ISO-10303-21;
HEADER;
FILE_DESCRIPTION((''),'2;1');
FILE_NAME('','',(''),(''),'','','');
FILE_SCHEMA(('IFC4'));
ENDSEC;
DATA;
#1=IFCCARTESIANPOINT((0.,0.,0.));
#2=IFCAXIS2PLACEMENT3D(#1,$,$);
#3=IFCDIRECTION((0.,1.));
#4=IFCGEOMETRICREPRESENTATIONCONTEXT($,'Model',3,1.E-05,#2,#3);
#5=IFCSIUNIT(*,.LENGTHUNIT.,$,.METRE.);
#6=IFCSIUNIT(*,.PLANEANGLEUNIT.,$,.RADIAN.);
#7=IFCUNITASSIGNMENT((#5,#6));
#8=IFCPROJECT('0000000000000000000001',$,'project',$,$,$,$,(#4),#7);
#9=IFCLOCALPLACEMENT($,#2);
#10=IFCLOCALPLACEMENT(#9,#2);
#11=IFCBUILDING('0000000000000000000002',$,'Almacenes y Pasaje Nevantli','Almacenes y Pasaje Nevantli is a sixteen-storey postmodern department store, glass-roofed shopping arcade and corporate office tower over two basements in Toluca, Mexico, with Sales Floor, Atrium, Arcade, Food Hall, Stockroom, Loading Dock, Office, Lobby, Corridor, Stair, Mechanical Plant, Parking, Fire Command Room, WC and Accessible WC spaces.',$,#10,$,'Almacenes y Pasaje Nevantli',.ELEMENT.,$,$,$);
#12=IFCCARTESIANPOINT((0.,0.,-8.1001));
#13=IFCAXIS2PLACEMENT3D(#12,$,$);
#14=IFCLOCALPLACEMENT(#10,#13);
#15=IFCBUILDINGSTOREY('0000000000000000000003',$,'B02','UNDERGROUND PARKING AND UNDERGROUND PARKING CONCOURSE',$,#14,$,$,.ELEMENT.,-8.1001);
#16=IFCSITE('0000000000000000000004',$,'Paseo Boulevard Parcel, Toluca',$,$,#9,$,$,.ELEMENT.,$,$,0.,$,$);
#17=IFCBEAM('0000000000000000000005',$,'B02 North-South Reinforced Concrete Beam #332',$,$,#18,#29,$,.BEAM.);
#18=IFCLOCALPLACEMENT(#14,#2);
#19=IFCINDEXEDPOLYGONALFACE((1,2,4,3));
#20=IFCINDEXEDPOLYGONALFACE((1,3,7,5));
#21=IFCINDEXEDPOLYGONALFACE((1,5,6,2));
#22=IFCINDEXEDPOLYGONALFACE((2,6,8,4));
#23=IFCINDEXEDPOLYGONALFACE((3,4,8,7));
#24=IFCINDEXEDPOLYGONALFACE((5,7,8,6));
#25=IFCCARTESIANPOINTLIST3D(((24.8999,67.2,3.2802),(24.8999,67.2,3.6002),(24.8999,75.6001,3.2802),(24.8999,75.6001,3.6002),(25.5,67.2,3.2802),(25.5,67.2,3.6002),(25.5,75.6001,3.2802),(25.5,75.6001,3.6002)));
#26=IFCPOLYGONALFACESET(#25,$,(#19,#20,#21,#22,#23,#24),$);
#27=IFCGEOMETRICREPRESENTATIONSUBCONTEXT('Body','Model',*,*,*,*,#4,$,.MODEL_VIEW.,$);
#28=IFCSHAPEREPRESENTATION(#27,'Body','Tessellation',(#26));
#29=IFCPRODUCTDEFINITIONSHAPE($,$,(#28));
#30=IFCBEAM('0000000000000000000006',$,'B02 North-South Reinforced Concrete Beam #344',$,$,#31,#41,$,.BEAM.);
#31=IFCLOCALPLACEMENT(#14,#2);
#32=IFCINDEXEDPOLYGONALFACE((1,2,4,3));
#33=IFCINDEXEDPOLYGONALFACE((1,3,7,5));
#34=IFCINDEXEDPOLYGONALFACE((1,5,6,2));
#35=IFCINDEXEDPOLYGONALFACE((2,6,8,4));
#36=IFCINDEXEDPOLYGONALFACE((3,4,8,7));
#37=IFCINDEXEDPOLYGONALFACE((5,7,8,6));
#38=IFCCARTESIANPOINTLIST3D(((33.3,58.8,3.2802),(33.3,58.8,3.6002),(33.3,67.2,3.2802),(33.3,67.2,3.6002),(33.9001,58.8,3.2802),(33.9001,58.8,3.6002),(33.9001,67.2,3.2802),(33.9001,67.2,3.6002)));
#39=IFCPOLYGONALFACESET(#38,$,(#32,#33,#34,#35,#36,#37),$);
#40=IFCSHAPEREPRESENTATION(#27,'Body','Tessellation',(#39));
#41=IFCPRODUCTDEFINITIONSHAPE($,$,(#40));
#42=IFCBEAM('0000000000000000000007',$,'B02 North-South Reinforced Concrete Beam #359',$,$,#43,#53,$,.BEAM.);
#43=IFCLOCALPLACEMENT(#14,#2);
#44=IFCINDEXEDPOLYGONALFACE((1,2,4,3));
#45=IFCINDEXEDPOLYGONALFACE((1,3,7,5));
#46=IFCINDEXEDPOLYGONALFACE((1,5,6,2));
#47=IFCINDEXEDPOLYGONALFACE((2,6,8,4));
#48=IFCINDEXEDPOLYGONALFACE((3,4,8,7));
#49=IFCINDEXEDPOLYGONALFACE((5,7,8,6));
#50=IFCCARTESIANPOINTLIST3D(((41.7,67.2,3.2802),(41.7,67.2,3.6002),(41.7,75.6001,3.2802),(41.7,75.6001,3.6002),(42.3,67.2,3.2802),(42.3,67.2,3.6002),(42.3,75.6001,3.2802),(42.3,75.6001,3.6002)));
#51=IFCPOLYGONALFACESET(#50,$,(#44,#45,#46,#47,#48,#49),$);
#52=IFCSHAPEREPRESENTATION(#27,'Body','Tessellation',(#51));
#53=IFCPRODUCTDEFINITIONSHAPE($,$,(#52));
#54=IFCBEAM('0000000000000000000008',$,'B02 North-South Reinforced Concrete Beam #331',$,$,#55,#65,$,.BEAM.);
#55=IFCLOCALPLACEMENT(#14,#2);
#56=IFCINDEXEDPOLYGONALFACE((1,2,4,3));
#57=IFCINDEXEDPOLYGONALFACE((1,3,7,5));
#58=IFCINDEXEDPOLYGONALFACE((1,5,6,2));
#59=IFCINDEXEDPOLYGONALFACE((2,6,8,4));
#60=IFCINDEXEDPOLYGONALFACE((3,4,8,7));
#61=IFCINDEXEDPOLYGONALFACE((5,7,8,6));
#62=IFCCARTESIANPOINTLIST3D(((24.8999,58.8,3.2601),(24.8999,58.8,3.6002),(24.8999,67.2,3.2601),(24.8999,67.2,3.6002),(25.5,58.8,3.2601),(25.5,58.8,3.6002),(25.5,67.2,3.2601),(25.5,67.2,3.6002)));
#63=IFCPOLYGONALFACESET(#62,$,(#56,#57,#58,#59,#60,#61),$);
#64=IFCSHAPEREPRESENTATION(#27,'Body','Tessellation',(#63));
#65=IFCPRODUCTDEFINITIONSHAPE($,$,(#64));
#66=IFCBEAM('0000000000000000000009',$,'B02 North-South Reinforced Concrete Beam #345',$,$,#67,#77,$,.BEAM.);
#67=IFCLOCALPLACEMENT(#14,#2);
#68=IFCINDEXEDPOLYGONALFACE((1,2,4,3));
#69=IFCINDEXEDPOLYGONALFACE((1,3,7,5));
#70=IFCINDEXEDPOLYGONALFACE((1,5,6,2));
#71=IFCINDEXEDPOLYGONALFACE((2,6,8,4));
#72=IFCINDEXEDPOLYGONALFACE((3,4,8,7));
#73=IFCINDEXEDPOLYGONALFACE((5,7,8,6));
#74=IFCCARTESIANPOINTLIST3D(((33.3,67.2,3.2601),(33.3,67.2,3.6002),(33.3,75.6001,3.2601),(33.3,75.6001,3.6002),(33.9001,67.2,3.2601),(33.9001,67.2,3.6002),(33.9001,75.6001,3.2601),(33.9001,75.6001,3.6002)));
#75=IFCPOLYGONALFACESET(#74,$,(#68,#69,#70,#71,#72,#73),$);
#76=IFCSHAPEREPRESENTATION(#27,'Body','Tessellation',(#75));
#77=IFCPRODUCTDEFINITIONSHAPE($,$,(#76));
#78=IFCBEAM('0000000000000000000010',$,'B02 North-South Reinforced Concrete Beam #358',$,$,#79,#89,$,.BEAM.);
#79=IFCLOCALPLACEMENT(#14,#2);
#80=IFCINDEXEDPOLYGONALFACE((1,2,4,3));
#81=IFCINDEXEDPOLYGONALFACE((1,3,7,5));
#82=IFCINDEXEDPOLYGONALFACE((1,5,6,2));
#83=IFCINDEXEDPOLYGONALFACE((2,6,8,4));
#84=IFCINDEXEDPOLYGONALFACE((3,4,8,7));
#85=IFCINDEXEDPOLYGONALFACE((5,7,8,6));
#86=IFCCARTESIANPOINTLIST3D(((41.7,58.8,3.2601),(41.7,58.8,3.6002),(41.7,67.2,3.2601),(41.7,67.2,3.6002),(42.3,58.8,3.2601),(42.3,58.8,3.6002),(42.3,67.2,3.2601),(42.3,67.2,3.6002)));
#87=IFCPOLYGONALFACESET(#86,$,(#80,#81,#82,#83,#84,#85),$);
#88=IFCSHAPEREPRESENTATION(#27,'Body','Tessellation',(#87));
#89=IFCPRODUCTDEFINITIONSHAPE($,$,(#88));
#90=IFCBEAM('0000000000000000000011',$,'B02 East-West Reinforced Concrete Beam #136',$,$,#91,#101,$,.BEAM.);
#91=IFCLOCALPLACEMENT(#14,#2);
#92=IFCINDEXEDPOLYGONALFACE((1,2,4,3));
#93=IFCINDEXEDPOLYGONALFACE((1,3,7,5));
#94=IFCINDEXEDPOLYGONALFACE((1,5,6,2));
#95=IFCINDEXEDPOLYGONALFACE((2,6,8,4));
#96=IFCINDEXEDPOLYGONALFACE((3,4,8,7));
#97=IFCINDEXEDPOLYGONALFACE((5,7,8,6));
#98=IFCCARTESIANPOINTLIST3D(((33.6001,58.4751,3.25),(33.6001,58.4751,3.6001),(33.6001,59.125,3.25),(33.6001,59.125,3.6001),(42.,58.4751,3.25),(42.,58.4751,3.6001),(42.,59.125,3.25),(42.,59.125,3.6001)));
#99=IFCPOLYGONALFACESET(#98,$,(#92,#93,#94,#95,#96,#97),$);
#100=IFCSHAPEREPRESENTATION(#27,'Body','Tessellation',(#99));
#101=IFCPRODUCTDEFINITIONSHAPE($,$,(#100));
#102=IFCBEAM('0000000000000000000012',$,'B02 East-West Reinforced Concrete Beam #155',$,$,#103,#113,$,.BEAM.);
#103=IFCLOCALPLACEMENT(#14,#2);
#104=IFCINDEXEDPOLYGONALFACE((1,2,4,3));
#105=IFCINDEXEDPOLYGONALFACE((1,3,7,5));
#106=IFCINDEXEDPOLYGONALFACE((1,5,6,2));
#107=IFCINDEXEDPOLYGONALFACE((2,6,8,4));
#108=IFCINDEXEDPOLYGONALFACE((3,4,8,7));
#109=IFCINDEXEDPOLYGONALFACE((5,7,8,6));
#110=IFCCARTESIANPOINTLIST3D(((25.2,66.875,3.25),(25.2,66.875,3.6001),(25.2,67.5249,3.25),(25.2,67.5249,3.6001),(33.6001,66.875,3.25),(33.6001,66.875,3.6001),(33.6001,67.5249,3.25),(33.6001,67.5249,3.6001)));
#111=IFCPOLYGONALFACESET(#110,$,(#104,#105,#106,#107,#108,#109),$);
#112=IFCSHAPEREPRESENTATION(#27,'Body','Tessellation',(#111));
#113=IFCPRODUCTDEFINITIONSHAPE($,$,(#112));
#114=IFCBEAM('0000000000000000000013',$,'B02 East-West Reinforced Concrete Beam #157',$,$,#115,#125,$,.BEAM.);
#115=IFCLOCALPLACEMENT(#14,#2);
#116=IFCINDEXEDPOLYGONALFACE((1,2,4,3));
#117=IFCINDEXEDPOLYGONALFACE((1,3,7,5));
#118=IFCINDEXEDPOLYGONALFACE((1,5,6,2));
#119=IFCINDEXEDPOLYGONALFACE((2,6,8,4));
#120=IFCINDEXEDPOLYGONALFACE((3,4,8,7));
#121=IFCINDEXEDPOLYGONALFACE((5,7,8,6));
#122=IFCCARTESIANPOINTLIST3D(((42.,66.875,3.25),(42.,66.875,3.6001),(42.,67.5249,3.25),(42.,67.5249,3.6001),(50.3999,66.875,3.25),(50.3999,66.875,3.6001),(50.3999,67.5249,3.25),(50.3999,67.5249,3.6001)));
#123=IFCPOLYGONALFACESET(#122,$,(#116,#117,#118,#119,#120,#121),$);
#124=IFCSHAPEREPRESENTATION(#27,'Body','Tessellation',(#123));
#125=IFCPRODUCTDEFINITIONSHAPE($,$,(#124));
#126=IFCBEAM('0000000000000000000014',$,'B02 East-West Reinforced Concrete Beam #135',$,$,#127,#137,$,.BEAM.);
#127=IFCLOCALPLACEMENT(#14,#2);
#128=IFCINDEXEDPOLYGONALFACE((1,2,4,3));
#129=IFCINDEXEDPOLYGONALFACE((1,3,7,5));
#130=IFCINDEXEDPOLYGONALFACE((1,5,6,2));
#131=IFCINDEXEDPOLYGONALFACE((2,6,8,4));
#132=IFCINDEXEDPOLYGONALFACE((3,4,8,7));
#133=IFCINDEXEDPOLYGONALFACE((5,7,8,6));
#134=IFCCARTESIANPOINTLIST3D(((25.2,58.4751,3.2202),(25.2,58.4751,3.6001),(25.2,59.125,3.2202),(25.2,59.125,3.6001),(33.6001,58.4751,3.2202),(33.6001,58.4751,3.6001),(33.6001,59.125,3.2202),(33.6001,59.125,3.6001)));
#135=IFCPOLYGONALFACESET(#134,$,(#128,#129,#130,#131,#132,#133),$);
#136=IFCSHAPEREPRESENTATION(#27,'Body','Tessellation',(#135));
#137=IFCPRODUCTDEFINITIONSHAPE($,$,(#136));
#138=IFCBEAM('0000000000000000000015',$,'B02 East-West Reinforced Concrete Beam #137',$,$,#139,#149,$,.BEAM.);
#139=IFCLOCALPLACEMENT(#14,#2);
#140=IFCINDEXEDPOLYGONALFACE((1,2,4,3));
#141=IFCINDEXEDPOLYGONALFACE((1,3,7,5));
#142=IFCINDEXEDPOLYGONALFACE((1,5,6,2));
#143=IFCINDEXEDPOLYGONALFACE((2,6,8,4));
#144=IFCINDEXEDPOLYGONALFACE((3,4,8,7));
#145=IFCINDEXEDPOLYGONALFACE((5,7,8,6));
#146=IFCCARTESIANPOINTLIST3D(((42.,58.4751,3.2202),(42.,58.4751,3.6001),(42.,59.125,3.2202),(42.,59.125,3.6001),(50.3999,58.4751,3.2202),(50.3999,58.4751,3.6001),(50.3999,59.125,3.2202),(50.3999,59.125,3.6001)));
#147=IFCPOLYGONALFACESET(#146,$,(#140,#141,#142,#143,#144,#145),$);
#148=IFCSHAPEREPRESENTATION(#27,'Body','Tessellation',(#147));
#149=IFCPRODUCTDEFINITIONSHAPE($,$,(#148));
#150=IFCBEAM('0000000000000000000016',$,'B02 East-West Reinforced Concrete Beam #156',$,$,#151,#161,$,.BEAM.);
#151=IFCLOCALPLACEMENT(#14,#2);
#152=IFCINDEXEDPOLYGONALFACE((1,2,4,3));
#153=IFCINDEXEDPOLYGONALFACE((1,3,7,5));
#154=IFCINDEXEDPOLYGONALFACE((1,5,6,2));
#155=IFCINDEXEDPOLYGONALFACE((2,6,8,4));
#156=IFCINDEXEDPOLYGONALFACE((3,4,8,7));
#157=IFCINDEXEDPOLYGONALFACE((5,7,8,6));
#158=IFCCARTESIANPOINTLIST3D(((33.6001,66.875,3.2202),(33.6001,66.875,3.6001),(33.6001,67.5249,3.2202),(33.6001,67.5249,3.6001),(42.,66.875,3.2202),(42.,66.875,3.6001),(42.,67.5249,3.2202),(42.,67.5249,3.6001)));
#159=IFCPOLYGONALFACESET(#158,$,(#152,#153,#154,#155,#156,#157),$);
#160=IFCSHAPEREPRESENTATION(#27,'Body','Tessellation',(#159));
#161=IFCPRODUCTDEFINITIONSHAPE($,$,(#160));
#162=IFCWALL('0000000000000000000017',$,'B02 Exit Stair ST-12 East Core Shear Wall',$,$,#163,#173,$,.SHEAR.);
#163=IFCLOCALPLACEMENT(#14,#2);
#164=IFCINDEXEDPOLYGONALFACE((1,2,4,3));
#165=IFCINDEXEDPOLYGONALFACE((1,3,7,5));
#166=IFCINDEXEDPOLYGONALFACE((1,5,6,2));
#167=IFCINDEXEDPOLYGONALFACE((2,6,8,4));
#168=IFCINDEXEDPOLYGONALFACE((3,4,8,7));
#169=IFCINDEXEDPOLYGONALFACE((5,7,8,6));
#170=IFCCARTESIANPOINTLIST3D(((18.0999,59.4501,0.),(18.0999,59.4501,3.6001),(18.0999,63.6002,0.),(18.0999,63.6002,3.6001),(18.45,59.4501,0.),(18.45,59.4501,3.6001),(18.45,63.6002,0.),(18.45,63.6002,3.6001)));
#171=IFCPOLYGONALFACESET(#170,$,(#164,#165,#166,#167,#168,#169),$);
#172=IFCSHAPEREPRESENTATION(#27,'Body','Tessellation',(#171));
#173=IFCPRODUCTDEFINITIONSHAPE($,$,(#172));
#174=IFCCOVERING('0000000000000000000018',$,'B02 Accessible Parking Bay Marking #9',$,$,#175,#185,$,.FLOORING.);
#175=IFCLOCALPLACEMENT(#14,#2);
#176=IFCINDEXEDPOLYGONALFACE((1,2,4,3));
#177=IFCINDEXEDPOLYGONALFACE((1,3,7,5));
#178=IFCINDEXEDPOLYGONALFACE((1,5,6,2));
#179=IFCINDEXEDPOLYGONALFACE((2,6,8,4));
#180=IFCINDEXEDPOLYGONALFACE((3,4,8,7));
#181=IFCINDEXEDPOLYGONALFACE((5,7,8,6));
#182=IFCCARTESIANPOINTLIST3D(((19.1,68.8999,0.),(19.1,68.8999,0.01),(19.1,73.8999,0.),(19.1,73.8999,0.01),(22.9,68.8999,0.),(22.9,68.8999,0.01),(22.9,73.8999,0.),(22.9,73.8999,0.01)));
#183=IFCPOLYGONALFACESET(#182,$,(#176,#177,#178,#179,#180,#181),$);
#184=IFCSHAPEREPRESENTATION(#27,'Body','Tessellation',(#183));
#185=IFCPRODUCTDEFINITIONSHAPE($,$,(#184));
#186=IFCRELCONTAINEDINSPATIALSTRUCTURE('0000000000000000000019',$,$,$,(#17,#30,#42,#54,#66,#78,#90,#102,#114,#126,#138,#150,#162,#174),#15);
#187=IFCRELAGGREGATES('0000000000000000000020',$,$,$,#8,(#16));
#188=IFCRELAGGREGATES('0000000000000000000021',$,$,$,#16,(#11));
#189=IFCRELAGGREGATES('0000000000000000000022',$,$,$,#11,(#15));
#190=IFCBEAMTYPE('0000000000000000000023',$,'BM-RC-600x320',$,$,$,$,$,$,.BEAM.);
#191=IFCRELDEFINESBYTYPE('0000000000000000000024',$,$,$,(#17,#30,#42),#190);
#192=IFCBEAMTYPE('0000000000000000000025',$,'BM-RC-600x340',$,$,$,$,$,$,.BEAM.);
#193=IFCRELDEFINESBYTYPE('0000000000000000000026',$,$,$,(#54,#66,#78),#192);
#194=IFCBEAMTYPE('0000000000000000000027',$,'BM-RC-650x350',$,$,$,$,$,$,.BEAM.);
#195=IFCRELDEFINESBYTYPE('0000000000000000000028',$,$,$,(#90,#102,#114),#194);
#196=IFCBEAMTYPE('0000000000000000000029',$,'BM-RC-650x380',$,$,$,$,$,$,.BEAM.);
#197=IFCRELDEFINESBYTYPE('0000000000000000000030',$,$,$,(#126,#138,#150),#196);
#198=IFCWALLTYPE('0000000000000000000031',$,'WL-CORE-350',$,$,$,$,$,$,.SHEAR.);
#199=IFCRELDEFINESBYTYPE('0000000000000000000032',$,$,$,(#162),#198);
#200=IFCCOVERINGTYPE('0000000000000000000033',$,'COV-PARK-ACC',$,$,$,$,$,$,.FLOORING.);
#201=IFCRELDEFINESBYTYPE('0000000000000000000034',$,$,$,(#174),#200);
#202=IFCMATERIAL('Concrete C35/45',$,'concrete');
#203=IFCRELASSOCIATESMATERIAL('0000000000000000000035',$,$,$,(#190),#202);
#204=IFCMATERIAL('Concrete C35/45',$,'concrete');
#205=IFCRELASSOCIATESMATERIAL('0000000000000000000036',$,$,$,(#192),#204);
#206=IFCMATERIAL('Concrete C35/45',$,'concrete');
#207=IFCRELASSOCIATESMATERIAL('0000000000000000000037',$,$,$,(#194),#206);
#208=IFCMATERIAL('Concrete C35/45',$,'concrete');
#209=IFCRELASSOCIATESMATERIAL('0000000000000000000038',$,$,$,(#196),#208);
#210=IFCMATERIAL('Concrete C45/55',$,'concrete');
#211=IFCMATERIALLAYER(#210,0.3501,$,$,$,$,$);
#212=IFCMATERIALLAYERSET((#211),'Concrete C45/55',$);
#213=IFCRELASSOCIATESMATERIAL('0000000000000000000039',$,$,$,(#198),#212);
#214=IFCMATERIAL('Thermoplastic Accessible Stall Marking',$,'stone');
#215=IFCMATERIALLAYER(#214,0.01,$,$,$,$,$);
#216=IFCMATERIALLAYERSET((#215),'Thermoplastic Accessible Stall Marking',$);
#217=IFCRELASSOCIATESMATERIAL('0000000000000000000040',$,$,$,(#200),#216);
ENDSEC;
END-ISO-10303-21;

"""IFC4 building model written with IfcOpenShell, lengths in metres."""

from ifc_helpers import new_model, si_unit, direction, frame, frame_2d, origin, origin_2d, place, context, subcontext, project, spatial, rectangle, extrude, material, layer, layer_set, material_profile, profile_set, type_object, element, save


model = new_model("IFC4")

# Units and contexts
model_context = context("Model", 3, precision=1e-05, world=origin(), true_north=direction((0.0, 1.0)))
body_context = subcontext(model_context, "Body", "Model", "MODEL_VIEW")
ifc_project = project(units=[si_unit("LENGTHUNIT", "METRE"), si_unit("PLANEANGLEUNIT", "RADIAN")], contexts=[model_context])

# Site, building, storey
site_placement = place(None, origin())
site = spatial("IfcSite", under=ifc_project, at=site_placement, Name="Paseo Boulevard Parcel, Toluca", CompositionType="ELEMENT", RefElevation=0.0)
building_placement = place(site_placement, origin())
building = spatial("IfcBuilding", under=site, at=building_placement, Name="Almacenes y Pasaje Nevantli", Description="Almacenes y Pasaje Nevantli is a sixteen-storey postmodern department store, glass-roofed shopping arcade and corporate office tower over two basements in Toluca, Mexico, with Sales Floor, Atrium, Arcade, Food Hall, Stockroom, Loading Dock, Office, Lobby, Corridor, Stair, Mechanical Plant, Parking, Fire Command Room, WC and Accessible WC spaces.", LongName="Almacenes y Pasaje Nevantli", CompositionType="ELEMENT")
storey_placement = place(building_placement, frame((0.0, 0.0, -8.1001)))
storey = spatial("IfcBuildingStorey", under=building, at=storey_placement, Name="B02", Description="UNDERGROUND PARKING AND UNDERGROUND PARKING CONCOURSE", CompositionType="ELEMENT", Elevation=-8.1001)

# Beams
ifc_material_1 = material(Name="Concrete C35/45", Category="concrete")
ifc_material_profile_1 = material_profile(ifc_material_1, rectangle(XDim=0.6001, YDim=0.3201, at=origin_2d()), Name="RC-BM-600x320")
ifc_profile_set_1 = profile_set([ifc_material_profile_1], Name="Concrete C35/45")
beam_type_1 = type_object("IfcBeamType", Name="BM-RC-600x320", PredefinedType="BEAM", material=ifc_profile_set_1)
beam_1_placement = place(storey_placement, frame((25.2, 67.2, 3.4402), z_axis=(0.0, 1.0, 0.0), x_axis=(-1.0, 0.0, 0.0)))
element("IfcBeam", 1, at=beam_1_placement, inside=storey, type_object=beam_type_1, Name="B02 North-South Reinforced Concrete Beam #332", PredefinedType="BEAM", context=body_context, shape_type="SweptSolid", body=[
    extrude(rectangle(XDim=0.6001, YDim=0.3201, at=origin_2d()), origin(), (0.0, 0.0, 1.0), 8.4001),
])
beam_2_placement = place(storey_placement, frame((33.6001, 58.8, 3.4402), z_axis=(0.0, 1.0, 0.0), x_axis=(-1.0, 0.0, 0.0)))
element("IfcBeam", 2, at=beam_2_placement, inside=storey, type_object=beam_type_1, Name="B02 North-South Reinforced Concrete Beam #344", PredefinedType="BEAM", context=body_context, shape_type="SweptSolid", body=[
    extrude(rectangle(XDim=0.6001, YDim=0.3201, at=origin_2d()), origin(), (0.0, 0.0, 1.0), 8.3999),
])
beam_3_placement = place(storey_placement, frame((42.0, 67.2, 3.4402), z_axis=(0.0, 1.0, 0.0), x_axis=(-1.0, 0.0, 0.0)))
element("IfcBeam", 3, at=beam_3_placement, inside=storey, type_object=beam_type_1, Name="B02 North-South Reinforced Concrete Beam #359", PredefinedType="BEAM", context=body_context, shape_type="SweptSolid", body=[
    extrude(rectangle(XDim=0.6001, YDim=0.3201, at=origin_2d()), origin(), (0.0, 0.0, 1.0), 8.4001),
])
ifc_material_2 = material(Name="Concrete C35/45", Category="concrete")
ifc_material_profile_2 = material_profile(ifc_material_2, rectangle(XDim=0.6001, YDim=0.3401, at=origin_2d()), Name="RC-BM-600x340")
ifc_profile_set_2 = profile_set([ifc_material_profile_2], Name="Concrete C35/45")
beam_type_2 = type_object("IfcBeamType", Name="BM-RC-600x340", PredefinedType="BEAM", material=ifc_profile_set_2)
beam_4_placement = place(storey_placement, frame((25.2, 58.8, 3.4302), z_axis=(0.0, 1.0, 0.0), x_axis=(-1.0, 0.0, 0.0)))
element("IfcBeam", 4, at=beam_4_placement, inside=storey, type_object=beam_type_2, Name="B02 North-South Reinforced Concrete Beam #331", PredefinedType="BEAM", context=body_context, shape_type="SweptSolid", body=[
    extrude(rectangle(XDim=0.6001, YDim=0.3401, at=origin_2d()), origin(), (0.0, 0.0, 1.0), 8.3999),
])
beam_5_placement = place(storey_placement, frame((33.6001, 67.2, 3.4302), z_axis=(0.0, 1.0, 0.0), x_axis=(-1.0, 0.0, 0.0)))
element("IfcBeam", 5, at=beam_5_placement, inside=storey, type_object=beam_type_2, Name="B02 North-South Reinforced Concrete Beam #345", PredefinedType="BEAM", context=body_context, shape_type="SweptSolid", body=[
    extrude(rectangle(XDim=0.6001, YDim=0.3401, at=origin_2d()), origin(), (0.0, 0.0, 1.0), 8.4001),
])
beam_6_placement = place(storey_placement, frame((42.0, 58.8, 3.4302), z_axis=(0.0, 1.0, 0.0), x_axis=(-1.0, 0.0, 0.0)))
element("IfcBeam", 6, at=beam_6_placement, inside=storey, type_object=beam_type_2, Name="B02 North-South Reinforced Concrete Beam #358", PredefinedType="BEAM", context=body_context, shape_type="SweptSolid", body=[
    extrude(rectangle(XDim=0.6001, YDim=0.3401, at=origin_2d()), origin(), (0.0, 0.0, 1.0), 8.3999),
])
ifc_material_3 = material(Name="Concrete C35/45", Category="concrete")
ifc_material_profile_3 = material_profile(ifc_material_3, rectangle(XDim=0.6499, YDim=0.3501, at=origin_2d()), Name="RC-BM-650x350")
ifc_profile_set_3 = profile_set([ifc_material_profile_3], Name="Concrete C35/45")
beam_type_3 = type_object("IfcBeamType", Name="BM-RC-650x350", PredefinedType="BEAM", material=ifc_profile_set_3)
beam_7_placement = place(storey_placement, frame((33.6001, 58.8, 3.425), z_axis=(1.0, 0.0, 0.0), x_axis=(0.0, 1.0, 0.0)))
element("IfcBeam", 7, at=beam_7_placement, inside=storey, type_object=beam_type_3, Name="B02 East-West Reinforced Concrete Beam #136", PredefinedType="BEAM", context=body_context, shape_type="SweptSolid", body=[
    extrude(rectangle(XDim=0.6499, YDim=0.3501, at=origin_2d()), origin(), (0.0, 0.0, 1.0), 8.3999),
])
beam_8_placement = place(storey_placement, frame((25.2, 67.2, 3.425), z_axis=(1.0, 0.0, 0.0), x_axis=(0.0, 1.0, 0.0)))
element("IfcBeam", 8, at=beam_8_placement, inside=storey, type_object=beam_type_3, Name="B02 East-West Reinforced Concrete Beam #155", PredefinedType="BEAM", context=body_context, shape_type="SweptSolid", body=[
    extrude(rectangle(XDim=0.6499, YDim=0.3501, at=origin_2d()), origin(), (0.0, 0.0, 1.0), 8.4001),
])
beam_9_placement = place(storey_placement, frame((42.0, 67.2, 3.425), z_axis=(1.0, 0.0, 0.0), x_axis=(0.0, 1.0, 0.0)))
element("IfcBeam", 9, at=beam_9_placement, inside=storey, type_object=beam_type_3, Name="B02 East-West Reinforced Concrete Beam #157", PredefinedType="BEAM", context=body_context, shape_type="SweptSolid", body=[
    extrude(rectangle(XDim=0.6499, YDim=0.3501, at=origin_2d()), origin(), (0.0, 0.0, 1.0), 8.3999),
])
ifc_material_4 = material(Name="Concrete C35/45", Category="concrete")
ifc_material_profile_4 = material_profile(ifc_material_4, rectangle(XDim=0.6499, YDim=0.3799, at=origin_2d()), Name="RC-BM-650x380")
ifc_profile_set_4 = profile_set([ifc_material_profile_4], Name="Concrete C35/45")
beam_type_4 = type_object("IfcBeamType", Name="BM-RC-650x380", PredefinedType="BEAM", material=ifc_profile_set_4)
beam_10_placement = place(storey_placement, frame((25.2, 58.8, 3.4102), z_axis=(1.0, 0.0, 0.0), x_axis=(0.0, 1.0, 0.0)))
element("IfcBeam", 10, at=beam_10_placement, inside=storey, type_object=beam_type_4, Name="B02 East-West Reinforced Concrete Beam #135", PredefinedType="BEAM", context=body_context, shape_type="SweptSolid", body=[
    extrude(rectangle(XDim=0.6499, YDim=0.3799, at=origin_2d()), origin(), (0.0, 0.0, 1.0), 8.4001),
])
for number, where, z_axis, x_axis, name in (
    (11, (42.0, 58.8, 3.4102), (1.0, 0.0, 0.0), (0.0, 1.0, 0.0), "B02 East-West Reinforced Concrete Beam #137"),
    (12, (33.6001, 67.2, 3.4102), (1.0, 0.0, 0.0), (0.0, 1.0, 0.0), "B02 East-West Reinforced Concrete Beam #156"),
):
    element("IfcBeam", number, at=place(storey_placement, frame(where, z_axis=z_axis, x_axis=x_axis)), inside=storey, type_object=beam_type_4, Name=name, PredefinedType="BEAM", context=body_context, shape_type="SweptSolid", body=[
        extrude(rectangle(XDim=0.6499, YDim=0.3799, at=origin_2d()), origin(), (0.0, 0.0, 1.0), 8.3999),
    ])

# Wall
ifc_material_5 = material(Name="Concrete C45/55", Category="concrete")
ifc_layer_1 = layer(ifc_material_5, 0.3501)
ifc_layer_set_1 = layer_set([ifc_layer_1], Name="Concrete C45/55")
wall_type = type_object("IfcWallType", Name="WL-CORE-350", PredefinedType="SHEAR", material=ifc_layer_set_1)
wall_placement = place(storey_placement, frame((18.2749, 59.45, 0.0), z_axis=(0.0, 0.0, 1.0), x_axis=(0.0, 1.0, 0.0)))
element("IfcWall", 13, at=wall_placement, inside=storey, type_object=wall_type, Name="B02 Exit Stair ST-12 East Core Shear Wall", PredefinedType="SHEAR", context=body_context, shape_type="SweptSolid", body=[
    extrude(rectangle(XDim=4.1501, YDim=0.3501, at=frame_2d((2.0752, 0.0))), origin(), (0.0, 0.0, 1.0), 3.6001),
])

# Covering
ifc_material_6 = material(Name="Thermoplastic Accessible Stall Marking", Category="stone")
ifc_layer_2 = layer(ifc_material_6, 0.01)
ifc_layer_set_2 = layer_set([ifc_layer_2], Name="Thermoplastic Accessible Stall Marking")
covering_type = type_object("IfcCoveringType", Name="COV-PARK-ACC", PredefinedType="FLOORING", material=ifc_layer_set_2)
for number, where, z_axis, x_axis, name in (
    (14, (21.0, 71.3999, 0.0), (0.0, 0.0, 1.0), (1.0, 0.0, 0.0), "B02 Accessible Parking Bay Marking #9"),
):
    element("IfcCovering", number, at=place(storey_placement, frame(where, z_axis=z_axis, x_axis=x_axis)), inside=storey, type_object=covering_type, Name=name, PredefinedType="FLOORING", context=body_context, shape_type="SweptSolid", body=[
        extrude(rectangle(XDim=3.8, YDim=5.0, at=origin_2d()), origin(), (0.0, 0.0, 1.0), 0.01),
    ])

save(model, "model.ifc")
